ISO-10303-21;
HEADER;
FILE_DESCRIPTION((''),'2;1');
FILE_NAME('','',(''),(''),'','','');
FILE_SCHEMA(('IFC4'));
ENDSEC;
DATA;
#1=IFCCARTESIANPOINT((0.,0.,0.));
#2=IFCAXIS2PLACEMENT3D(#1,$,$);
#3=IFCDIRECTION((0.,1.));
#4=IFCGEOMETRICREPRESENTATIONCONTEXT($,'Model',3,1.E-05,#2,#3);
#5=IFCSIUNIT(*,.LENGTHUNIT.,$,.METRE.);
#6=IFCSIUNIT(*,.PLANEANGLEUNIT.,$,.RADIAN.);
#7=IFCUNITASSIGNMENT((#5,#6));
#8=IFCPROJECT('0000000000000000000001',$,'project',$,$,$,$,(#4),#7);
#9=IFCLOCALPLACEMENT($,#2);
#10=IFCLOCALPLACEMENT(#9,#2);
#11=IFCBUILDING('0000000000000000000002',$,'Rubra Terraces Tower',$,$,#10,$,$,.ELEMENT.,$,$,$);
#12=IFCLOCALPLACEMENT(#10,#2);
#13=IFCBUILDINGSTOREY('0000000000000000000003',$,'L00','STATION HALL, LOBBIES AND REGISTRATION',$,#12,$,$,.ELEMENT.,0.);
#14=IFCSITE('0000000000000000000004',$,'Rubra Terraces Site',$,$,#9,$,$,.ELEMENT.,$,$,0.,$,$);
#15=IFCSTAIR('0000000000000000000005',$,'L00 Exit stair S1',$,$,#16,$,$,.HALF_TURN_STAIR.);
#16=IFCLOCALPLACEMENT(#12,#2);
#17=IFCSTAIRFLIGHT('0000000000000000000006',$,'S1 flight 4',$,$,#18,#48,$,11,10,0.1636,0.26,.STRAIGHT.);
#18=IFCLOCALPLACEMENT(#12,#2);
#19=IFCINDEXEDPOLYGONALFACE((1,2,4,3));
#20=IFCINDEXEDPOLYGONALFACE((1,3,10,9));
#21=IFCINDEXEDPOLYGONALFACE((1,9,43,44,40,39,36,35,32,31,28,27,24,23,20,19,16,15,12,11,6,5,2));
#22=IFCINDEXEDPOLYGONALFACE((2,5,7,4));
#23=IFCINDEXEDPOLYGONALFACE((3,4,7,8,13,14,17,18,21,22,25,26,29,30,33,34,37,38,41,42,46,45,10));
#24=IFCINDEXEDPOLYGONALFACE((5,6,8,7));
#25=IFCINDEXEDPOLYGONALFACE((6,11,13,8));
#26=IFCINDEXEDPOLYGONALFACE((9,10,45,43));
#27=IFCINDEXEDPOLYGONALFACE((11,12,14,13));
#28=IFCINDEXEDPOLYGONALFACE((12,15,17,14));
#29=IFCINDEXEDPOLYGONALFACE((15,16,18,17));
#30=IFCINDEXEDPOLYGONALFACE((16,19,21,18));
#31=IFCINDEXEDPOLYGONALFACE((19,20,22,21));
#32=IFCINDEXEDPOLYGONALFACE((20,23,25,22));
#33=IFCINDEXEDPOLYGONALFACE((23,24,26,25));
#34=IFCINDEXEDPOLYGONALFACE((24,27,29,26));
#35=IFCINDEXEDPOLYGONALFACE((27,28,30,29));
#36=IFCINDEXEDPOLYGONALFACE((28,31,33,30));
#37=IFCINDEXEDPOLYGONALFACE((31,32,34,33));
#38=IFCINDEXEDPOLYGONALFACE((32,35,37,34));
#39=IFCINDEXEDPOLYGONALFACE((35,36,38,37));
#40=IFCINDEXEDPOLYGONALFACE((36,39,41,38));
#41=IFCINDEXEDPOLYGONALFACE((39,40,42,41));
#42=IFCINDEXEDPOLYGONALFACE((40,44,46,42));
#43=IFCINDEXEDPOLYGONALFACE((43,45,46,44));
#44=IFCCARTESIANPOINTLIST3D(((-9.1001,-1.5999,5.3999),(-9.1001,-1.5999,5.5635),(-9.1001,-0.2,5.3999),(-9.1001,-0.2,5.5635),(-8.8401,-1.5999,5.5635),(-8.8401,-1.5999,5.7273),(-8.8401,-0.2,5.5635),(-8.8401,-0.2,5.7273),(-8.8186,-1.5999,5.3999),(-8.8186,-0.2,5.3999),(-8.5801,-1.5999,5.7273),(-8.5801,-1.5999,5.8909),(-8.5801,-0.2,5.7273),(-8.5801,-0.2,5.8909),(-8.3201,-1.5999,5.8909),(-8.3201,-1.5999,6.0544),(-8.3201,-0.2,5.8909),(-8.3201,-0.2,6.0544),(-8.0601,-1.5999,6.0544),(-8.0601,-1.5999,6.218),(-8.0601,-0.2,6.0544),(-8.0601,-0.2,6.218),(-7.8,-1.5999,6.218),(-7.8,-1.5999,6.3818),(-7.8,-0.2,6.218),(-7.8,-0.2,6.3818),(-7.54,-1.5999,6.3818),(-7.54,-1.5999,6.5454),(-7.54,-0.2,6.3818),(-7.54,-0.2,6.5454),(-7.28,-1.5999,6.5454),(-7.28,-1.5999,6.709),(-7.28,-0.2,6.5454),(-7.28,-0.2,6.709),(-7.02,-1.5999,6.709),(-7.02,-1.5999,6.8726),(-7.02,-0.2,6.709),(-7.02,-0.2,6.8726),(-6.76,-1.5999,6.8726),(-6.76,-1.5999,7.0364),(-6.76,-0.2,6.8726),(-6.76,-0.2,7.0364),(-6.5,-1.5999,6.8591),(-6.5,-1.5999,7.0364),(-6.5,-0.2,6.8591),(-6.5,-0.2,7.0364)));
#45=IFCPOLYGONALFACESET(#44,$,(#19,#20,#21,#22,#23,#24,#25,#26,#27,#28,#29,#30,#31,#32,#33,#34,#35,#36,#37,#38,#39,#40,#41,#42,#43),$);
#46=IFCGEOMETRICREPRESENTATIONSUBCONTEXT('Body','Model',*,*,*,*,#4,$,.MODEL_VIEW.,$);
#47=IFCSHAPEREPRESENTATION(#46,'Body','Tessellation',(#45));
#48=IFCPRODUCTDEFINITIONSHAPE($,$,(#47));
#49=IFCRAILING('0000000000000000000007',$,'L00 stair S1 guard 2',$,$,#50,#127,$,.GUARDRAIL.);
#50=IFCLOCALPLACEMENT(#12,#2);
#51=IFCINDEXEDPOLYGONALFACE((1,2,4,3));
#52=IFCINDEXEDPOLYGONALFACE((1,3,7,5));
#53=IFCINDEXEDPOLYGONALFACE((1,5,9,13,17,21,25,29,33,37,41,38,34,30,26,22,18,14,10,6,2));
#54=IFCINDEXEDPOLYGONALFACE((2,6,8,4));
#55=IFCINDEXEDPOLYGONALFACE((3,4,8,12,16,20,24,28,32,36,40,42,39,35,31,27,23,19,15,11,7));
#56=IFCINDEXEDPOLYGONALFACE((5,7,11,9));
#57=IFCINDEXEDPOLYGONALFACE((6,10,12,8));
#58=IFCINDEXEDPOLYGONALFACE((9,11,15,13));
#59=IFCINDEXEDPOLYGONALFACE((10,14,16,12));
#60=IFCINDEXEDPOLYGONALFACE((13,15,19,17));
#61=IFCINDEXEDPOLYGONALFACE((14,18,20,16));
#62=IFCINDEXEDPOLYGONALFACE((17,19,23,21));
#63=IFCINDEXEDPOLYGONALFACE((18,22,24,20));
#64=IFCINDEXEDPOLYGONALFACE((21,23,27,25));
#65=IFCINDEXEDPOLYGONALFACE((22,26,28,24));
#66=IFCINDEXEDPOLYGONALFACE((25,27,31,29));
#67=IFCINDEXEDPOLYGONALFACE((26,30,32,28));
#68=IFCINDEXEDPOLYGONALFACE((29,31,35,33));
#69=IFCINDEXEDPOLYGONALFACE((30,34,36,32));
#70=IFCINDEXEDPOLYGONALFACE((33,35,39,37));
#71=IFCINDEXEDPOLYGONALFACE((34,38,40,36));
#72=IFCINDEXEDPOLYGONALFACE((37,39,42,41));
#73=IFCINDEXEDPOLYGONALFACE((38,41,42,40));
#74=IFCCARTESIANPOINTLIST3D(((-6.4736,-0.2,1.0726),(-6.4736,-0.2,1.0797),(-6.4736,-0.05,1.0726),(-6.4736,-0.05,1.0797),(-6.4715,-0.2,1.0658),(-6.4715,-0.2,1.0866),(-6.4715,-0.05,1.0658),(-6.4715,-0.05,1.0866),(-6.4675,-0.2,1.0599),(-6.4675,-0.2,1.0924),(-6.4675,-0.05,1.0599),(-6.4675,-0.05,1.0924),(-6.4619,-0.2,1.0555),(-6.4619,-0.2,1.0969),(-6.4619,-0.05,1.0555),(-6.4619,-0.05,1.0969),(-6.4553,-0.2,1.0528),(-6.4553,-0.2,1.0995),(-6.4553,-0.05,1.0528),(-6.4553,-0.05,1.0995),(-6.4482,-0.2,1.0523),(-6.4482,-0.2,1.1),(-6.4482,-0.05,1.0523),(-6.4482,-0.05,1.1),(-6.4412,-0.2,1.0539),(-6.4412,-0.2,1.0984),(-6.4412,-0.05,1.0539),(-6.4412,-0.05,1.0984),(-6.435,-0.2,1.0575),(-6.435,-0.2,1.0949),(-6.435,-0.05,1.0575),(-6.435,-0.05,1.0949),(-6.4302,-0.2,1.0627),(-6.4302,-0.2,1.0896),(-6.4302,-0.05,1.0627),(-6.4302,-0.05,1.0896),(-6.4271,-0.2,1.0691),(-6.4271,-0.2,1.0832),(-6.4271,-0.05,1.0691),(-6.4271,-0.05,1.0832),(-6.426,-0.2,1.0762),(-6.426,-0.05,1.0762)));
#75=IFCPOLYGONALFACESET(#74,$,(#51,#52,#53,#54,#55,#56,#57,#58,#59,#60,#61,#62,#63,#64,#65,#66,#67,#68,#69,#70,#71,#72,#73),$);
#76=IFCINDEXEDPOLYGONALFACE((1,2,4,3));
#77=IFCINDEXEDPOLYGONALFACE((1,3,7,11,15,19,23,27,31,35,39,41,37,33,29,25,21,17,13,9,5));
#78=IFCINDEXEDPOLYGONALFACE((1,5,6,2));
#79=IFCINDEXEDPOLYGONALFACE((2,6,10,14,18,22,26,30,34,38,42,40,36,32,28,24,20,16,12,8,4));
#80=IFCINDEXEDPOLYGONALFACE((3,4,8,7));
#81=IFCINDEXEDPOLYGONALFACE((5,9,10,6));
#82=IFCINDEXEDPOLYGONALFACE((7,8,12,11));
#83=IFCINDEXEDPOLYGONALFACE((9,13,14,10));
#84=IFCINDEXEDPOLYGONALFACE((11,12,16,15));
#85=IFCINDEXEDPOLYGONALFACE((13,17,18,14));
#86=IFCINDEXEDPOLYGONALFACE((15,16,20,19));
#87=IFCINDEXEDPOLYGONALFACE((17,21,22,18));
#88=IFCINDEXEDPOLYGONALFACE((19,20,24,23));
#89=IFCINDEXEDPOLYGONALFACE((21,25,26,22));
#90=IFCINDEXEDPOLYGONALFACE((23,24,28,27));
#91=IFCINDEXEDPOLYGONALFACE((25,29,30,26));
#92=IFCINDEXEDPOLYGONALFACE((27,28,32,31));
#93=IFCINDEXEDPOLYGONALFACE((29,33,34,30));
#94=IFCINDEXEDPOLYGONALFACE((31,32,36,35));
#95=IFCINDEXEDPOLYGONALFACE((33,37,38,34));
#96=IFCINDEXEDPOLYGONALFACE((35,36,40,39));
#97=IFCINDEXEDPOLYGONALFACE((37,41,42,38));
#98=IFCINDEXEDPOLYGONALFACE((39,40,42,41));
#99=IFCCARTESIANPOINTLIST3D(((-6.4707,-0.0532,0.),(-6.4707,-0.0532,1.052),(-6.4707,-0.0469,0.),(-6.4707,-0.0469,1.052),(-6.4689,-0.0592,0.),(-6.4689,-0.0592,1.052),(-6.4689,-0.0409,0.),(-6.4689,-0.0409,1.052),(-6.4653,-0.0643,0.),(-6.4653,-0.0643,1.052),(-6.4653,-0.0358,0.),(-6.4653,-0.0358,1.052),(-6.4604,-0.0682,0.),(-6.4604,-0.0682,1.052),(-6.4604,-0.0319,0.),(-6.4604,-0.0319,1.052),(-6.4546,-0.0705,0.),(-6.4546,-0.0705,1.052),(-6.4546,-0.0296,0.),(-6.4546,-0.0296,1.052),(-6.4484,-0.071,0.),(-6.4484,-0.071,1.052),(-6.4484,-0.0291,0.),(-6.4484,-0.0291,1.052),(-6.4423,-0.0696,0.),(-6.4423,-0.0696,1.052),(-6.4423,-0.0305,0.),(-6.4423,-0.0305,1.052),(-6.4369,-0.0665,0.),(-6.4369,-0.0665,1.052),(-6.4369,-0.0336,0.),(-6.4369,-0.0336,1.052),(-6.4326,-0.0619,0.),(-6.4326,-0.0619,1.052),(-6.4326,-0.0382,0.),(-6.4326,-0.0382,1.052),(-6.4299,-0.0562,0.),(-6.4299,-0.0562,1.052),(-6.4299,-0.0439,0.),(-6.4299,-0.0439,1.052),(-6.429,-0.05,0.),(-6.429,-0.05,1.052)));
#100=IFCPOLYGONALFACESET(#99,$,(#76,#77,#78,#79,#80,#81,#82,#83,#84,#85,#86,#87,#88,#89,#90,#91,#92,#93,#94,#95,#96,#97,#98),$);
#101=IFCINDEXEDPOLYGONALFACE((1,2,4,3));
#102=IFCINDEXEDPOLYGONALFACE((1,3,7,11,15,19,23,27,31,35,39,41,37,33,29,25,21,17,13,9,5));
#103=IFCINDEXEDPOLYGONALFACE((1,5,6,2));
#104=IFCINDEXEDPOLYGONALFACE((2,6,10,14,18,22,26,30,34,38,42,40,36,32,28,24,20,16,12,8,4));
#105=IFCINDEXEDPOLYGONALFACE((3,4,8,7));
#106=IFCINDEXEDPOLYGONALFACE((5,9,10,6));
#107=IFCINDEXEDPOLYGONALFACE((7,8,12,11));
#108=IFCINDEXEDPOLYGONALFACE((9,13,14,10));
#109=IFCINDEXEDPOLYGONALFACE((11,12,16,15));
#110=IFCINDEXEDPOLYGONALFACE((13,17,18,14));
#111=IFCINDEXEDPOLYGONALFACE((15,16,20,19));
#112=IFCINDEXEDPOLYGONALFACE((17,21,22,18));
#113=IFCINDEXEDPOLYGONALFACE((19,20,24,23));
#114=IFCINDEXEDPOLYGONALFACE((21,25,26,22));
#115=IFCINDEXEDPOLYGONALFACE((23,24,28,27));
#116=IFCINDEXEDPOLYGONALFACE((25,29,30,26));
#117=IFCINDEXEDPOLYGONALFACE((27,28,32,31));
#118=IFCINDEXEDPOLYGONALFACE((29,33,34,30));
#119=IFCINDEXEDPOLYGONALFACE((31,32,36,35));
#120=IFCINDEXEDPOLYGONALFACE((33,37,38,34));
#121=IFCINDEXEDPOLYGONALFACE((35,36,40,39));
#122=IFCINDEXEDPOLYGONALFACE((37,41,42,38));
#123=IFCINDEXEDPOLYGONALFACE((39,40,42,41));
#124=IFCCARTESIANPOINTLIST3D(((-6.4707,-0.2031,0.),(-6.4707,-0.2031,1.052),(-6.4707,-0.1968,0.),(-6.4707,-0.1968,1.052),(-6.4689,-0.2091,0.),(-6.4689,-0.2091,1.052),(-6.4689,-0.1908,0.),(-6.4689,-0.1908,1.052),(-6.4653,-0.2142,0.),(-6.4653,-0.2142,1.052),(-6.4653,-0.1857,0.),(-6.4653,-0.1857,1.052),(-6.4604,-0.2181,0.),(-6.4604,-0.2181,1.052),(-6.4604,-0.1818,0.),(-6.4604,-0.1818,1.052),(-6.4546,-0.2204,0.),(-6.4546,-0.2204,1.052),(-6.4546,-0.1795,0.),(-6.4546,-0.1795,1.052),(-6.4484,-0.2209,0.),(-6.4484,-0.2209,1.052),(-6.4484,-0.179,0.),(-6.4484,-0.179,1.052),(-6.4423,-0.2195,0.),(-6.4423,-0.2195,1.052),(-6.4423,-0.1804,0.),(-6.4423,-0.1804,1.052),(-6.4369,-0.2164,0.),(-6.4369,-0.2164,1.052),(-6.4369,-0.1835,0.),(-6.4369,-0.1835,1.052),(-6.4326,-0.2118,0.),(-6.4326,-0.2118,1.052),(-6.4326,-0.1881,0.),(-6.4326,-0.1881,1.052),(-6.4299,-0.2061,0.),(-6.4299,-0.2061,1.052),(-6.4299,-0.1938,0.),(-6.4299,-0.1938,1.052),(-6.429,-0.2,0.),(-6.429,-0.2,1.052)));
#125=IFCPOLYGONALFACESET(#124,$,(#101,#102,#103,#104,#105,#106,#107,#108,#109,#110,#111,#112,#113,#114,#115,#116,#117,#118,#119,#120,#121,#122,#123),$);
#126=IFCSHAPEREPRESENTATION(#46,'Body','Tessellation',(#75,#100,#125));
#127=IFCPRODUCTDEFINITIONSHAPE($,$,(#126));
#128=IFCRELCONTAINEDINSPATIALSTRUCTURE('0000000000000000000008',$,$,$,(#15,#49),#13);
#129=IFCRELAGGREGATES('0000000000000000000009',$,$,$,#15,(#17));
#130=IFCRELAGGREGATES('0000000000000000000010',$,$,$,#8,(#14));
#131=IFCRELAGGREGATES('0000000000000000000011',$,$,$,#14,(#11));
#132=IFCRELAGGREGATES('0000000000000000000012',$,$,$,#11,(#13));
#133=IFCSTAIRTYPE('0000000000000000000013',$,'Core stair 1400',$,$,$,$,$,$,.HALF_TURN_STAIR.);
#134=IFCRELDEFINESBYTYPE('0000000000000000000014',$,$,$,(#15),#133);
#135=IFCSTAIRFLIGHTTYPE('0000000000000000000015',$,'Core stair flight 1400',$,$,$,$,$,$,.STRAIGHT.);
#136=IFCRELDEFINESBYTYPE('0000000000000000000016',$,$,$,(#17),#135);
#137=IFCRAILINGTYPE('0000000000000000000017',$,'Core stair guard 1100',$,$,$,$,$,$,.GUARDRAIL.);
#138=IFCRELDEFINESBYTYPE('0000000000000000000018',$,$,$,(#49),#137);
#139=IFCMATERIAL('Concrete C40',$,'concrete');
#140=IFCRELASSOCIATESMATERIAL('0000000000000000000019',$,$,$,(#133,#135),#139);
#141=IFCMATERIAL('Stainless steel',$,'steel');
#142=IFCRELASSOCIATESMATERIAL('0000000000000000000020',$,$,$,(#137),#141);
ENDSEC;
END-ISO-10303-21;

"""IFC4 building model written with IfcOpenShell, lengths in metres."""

from ifc_helpers import new_model, si_unit, direction, frame, origin, origin_2d, place, context, subcontext, project, spatial, polyline, circle, outline, extrude, material, type_object, element, aggregate, save


model = new_model("IFC4")

# Units and contexts
model_context = context("Model", 3, precision=1e-05, world=origin(), true_north=direction((0.0, 1.0)))
body_context = subcontext(model_context, "Body", "Model", "MODEL_VIEW")
ifc_project = project(units=[si_unit("LENGTHUNIT", "METRE"), si_unit("PLANEANGLEUNIT", "RADIAN")], contexts=[model_context])

# Site, building, storey
site_placement = place(None, origin())
site = spatial("IfcSite", under=ifc_project, at=site_placement, Name="Rubra Terraces Site", CompositionType="ELEMENT", RefElevation=0.0)
building_placement = place(site_placement, origin())
building = spatial("IfcBuilding", under=site, at=building_placement, Name="Rubra Terraces Tower", CompositionType="ELEMENT")
storey_placement = place(building_placement, origin())
storey = spatial("IfcBuildingStorey", under=building, at=storey_placement, Name="L00", Description="STATION HALL, LOBBIES AND REGISTRATION", CompositionType="ELEMENT", Elevation=0.0)

# Shared definitions
ifc_material_1 = material(Name="Concrete C40", Category="concrete")

# Stair, stair flight
stair_type = type_object("IfcStairType", Name="Core stair 1400", PredefinedType="HALF_TURN_STAIR", material=ifc_material_1)
stair_placement = place(storey_placement, origin())
stair = element("IfcStair", 1, at=stair_placement, inside=storey, type_object=stair_type, Name="L00 Exit stair S1", PredefinedType="HALF_TURN_STAIR")
stair_flight_type = type_object("IfcStairFlightType", Name="Core stair flight 1400", PredefinedType="STRAIGHT", material=ifc_material_1)
stair_flight_1_placement = place(storey_placement, frame((-9.1001, -0.8999, 5.3999), z_axis=(0.0, 0.0, 1.0), x_axis=(1.0, 0.0, 0.0)))
stair_flight_1 = element("IfcStairFlight", 2, at=stair_flight_1_placement, type_object=stair_flight_type, Name="S1 flight 4", NumberOfRisers=11, NumberOfTreads=10, PredefinedType="STRAIGHT", RiserHeight=0.1636, TreadLength=0.26, context=body_context, shape_type="SweptSolid", body=[
    extrude(outline(polyline([(0.0, 0.0), (0.0, 0.1636), (0.26, 0.1636), (0.26, 0.3274), (0.52, 0.3274), (0.52, 0.491), (0.78, 0.491), (0.78, 0.6545), (1.04, 0.6545), (1.04, 0.8181), (1.3, 0.8181), (1.3, 0.9819), (1.5601, 0.9819), (1.5601, 1.1455), (1.8201, 1.1455), (1.8201, 1.3091), (2.0801, 1.3091), (2.0801, 1.4727), (2.3401, 1.4727), (2.3401, 1.6365), (2.6001, 1.6365), (2.6001, 1.8), (2.6001, 1.4592), (0.2815, 0.0), (0.0, 0.0)])), frame((0.0, 0.7, 0.0), z_axis=(0.0, -1.0, 0.0), x_axis=(1.0, 0.0, 0.0)), (0.0, 0.0, 1.0), 1.3999),
])
aggregate(stair, [stair_flight_1])

# Railing
ifc_material_2 = material(Name="Stainless steel", Category="steel")
railing_type_1 = type_object("IfcRailingType", Name="Core stair guard 1100", PredefinedType="GUARDRAIL", material=ifc_material_2)
railing_1_placement = place(storey_placement, frame((-6.45, -0.05, 0.0)))
element("IfcRailing", 3, at=railing_1_placement, inside=storey, type_object=railing_type_1, Name="L00 stair S1 guard 2", PredefinedType="GUARDRAIL", context=body_context, shape_type="SweptSolid", body=[
    extrude(circle(Radius=0.0239, at=origin_2d()), frame((0.0, 0.0, 1.0762), z_axis=(0.0, -1.0, 0.0), x_axis=(1.0, 0.0, 0.0)), (0.0, 0.0, 1.0), 0.1499),
    extrude(circle(Radius=0.021, at=origin_2d()), origin(), (0.0, 0.0, 1.0), 1.052),
    extrude(circle(Radius=0.021, at=origin_2d()), frame((0.0, -0.1499, 0.0)), (0.0, 0.0, 1.0), 1.052),
])

save(model, "model.ifc")
